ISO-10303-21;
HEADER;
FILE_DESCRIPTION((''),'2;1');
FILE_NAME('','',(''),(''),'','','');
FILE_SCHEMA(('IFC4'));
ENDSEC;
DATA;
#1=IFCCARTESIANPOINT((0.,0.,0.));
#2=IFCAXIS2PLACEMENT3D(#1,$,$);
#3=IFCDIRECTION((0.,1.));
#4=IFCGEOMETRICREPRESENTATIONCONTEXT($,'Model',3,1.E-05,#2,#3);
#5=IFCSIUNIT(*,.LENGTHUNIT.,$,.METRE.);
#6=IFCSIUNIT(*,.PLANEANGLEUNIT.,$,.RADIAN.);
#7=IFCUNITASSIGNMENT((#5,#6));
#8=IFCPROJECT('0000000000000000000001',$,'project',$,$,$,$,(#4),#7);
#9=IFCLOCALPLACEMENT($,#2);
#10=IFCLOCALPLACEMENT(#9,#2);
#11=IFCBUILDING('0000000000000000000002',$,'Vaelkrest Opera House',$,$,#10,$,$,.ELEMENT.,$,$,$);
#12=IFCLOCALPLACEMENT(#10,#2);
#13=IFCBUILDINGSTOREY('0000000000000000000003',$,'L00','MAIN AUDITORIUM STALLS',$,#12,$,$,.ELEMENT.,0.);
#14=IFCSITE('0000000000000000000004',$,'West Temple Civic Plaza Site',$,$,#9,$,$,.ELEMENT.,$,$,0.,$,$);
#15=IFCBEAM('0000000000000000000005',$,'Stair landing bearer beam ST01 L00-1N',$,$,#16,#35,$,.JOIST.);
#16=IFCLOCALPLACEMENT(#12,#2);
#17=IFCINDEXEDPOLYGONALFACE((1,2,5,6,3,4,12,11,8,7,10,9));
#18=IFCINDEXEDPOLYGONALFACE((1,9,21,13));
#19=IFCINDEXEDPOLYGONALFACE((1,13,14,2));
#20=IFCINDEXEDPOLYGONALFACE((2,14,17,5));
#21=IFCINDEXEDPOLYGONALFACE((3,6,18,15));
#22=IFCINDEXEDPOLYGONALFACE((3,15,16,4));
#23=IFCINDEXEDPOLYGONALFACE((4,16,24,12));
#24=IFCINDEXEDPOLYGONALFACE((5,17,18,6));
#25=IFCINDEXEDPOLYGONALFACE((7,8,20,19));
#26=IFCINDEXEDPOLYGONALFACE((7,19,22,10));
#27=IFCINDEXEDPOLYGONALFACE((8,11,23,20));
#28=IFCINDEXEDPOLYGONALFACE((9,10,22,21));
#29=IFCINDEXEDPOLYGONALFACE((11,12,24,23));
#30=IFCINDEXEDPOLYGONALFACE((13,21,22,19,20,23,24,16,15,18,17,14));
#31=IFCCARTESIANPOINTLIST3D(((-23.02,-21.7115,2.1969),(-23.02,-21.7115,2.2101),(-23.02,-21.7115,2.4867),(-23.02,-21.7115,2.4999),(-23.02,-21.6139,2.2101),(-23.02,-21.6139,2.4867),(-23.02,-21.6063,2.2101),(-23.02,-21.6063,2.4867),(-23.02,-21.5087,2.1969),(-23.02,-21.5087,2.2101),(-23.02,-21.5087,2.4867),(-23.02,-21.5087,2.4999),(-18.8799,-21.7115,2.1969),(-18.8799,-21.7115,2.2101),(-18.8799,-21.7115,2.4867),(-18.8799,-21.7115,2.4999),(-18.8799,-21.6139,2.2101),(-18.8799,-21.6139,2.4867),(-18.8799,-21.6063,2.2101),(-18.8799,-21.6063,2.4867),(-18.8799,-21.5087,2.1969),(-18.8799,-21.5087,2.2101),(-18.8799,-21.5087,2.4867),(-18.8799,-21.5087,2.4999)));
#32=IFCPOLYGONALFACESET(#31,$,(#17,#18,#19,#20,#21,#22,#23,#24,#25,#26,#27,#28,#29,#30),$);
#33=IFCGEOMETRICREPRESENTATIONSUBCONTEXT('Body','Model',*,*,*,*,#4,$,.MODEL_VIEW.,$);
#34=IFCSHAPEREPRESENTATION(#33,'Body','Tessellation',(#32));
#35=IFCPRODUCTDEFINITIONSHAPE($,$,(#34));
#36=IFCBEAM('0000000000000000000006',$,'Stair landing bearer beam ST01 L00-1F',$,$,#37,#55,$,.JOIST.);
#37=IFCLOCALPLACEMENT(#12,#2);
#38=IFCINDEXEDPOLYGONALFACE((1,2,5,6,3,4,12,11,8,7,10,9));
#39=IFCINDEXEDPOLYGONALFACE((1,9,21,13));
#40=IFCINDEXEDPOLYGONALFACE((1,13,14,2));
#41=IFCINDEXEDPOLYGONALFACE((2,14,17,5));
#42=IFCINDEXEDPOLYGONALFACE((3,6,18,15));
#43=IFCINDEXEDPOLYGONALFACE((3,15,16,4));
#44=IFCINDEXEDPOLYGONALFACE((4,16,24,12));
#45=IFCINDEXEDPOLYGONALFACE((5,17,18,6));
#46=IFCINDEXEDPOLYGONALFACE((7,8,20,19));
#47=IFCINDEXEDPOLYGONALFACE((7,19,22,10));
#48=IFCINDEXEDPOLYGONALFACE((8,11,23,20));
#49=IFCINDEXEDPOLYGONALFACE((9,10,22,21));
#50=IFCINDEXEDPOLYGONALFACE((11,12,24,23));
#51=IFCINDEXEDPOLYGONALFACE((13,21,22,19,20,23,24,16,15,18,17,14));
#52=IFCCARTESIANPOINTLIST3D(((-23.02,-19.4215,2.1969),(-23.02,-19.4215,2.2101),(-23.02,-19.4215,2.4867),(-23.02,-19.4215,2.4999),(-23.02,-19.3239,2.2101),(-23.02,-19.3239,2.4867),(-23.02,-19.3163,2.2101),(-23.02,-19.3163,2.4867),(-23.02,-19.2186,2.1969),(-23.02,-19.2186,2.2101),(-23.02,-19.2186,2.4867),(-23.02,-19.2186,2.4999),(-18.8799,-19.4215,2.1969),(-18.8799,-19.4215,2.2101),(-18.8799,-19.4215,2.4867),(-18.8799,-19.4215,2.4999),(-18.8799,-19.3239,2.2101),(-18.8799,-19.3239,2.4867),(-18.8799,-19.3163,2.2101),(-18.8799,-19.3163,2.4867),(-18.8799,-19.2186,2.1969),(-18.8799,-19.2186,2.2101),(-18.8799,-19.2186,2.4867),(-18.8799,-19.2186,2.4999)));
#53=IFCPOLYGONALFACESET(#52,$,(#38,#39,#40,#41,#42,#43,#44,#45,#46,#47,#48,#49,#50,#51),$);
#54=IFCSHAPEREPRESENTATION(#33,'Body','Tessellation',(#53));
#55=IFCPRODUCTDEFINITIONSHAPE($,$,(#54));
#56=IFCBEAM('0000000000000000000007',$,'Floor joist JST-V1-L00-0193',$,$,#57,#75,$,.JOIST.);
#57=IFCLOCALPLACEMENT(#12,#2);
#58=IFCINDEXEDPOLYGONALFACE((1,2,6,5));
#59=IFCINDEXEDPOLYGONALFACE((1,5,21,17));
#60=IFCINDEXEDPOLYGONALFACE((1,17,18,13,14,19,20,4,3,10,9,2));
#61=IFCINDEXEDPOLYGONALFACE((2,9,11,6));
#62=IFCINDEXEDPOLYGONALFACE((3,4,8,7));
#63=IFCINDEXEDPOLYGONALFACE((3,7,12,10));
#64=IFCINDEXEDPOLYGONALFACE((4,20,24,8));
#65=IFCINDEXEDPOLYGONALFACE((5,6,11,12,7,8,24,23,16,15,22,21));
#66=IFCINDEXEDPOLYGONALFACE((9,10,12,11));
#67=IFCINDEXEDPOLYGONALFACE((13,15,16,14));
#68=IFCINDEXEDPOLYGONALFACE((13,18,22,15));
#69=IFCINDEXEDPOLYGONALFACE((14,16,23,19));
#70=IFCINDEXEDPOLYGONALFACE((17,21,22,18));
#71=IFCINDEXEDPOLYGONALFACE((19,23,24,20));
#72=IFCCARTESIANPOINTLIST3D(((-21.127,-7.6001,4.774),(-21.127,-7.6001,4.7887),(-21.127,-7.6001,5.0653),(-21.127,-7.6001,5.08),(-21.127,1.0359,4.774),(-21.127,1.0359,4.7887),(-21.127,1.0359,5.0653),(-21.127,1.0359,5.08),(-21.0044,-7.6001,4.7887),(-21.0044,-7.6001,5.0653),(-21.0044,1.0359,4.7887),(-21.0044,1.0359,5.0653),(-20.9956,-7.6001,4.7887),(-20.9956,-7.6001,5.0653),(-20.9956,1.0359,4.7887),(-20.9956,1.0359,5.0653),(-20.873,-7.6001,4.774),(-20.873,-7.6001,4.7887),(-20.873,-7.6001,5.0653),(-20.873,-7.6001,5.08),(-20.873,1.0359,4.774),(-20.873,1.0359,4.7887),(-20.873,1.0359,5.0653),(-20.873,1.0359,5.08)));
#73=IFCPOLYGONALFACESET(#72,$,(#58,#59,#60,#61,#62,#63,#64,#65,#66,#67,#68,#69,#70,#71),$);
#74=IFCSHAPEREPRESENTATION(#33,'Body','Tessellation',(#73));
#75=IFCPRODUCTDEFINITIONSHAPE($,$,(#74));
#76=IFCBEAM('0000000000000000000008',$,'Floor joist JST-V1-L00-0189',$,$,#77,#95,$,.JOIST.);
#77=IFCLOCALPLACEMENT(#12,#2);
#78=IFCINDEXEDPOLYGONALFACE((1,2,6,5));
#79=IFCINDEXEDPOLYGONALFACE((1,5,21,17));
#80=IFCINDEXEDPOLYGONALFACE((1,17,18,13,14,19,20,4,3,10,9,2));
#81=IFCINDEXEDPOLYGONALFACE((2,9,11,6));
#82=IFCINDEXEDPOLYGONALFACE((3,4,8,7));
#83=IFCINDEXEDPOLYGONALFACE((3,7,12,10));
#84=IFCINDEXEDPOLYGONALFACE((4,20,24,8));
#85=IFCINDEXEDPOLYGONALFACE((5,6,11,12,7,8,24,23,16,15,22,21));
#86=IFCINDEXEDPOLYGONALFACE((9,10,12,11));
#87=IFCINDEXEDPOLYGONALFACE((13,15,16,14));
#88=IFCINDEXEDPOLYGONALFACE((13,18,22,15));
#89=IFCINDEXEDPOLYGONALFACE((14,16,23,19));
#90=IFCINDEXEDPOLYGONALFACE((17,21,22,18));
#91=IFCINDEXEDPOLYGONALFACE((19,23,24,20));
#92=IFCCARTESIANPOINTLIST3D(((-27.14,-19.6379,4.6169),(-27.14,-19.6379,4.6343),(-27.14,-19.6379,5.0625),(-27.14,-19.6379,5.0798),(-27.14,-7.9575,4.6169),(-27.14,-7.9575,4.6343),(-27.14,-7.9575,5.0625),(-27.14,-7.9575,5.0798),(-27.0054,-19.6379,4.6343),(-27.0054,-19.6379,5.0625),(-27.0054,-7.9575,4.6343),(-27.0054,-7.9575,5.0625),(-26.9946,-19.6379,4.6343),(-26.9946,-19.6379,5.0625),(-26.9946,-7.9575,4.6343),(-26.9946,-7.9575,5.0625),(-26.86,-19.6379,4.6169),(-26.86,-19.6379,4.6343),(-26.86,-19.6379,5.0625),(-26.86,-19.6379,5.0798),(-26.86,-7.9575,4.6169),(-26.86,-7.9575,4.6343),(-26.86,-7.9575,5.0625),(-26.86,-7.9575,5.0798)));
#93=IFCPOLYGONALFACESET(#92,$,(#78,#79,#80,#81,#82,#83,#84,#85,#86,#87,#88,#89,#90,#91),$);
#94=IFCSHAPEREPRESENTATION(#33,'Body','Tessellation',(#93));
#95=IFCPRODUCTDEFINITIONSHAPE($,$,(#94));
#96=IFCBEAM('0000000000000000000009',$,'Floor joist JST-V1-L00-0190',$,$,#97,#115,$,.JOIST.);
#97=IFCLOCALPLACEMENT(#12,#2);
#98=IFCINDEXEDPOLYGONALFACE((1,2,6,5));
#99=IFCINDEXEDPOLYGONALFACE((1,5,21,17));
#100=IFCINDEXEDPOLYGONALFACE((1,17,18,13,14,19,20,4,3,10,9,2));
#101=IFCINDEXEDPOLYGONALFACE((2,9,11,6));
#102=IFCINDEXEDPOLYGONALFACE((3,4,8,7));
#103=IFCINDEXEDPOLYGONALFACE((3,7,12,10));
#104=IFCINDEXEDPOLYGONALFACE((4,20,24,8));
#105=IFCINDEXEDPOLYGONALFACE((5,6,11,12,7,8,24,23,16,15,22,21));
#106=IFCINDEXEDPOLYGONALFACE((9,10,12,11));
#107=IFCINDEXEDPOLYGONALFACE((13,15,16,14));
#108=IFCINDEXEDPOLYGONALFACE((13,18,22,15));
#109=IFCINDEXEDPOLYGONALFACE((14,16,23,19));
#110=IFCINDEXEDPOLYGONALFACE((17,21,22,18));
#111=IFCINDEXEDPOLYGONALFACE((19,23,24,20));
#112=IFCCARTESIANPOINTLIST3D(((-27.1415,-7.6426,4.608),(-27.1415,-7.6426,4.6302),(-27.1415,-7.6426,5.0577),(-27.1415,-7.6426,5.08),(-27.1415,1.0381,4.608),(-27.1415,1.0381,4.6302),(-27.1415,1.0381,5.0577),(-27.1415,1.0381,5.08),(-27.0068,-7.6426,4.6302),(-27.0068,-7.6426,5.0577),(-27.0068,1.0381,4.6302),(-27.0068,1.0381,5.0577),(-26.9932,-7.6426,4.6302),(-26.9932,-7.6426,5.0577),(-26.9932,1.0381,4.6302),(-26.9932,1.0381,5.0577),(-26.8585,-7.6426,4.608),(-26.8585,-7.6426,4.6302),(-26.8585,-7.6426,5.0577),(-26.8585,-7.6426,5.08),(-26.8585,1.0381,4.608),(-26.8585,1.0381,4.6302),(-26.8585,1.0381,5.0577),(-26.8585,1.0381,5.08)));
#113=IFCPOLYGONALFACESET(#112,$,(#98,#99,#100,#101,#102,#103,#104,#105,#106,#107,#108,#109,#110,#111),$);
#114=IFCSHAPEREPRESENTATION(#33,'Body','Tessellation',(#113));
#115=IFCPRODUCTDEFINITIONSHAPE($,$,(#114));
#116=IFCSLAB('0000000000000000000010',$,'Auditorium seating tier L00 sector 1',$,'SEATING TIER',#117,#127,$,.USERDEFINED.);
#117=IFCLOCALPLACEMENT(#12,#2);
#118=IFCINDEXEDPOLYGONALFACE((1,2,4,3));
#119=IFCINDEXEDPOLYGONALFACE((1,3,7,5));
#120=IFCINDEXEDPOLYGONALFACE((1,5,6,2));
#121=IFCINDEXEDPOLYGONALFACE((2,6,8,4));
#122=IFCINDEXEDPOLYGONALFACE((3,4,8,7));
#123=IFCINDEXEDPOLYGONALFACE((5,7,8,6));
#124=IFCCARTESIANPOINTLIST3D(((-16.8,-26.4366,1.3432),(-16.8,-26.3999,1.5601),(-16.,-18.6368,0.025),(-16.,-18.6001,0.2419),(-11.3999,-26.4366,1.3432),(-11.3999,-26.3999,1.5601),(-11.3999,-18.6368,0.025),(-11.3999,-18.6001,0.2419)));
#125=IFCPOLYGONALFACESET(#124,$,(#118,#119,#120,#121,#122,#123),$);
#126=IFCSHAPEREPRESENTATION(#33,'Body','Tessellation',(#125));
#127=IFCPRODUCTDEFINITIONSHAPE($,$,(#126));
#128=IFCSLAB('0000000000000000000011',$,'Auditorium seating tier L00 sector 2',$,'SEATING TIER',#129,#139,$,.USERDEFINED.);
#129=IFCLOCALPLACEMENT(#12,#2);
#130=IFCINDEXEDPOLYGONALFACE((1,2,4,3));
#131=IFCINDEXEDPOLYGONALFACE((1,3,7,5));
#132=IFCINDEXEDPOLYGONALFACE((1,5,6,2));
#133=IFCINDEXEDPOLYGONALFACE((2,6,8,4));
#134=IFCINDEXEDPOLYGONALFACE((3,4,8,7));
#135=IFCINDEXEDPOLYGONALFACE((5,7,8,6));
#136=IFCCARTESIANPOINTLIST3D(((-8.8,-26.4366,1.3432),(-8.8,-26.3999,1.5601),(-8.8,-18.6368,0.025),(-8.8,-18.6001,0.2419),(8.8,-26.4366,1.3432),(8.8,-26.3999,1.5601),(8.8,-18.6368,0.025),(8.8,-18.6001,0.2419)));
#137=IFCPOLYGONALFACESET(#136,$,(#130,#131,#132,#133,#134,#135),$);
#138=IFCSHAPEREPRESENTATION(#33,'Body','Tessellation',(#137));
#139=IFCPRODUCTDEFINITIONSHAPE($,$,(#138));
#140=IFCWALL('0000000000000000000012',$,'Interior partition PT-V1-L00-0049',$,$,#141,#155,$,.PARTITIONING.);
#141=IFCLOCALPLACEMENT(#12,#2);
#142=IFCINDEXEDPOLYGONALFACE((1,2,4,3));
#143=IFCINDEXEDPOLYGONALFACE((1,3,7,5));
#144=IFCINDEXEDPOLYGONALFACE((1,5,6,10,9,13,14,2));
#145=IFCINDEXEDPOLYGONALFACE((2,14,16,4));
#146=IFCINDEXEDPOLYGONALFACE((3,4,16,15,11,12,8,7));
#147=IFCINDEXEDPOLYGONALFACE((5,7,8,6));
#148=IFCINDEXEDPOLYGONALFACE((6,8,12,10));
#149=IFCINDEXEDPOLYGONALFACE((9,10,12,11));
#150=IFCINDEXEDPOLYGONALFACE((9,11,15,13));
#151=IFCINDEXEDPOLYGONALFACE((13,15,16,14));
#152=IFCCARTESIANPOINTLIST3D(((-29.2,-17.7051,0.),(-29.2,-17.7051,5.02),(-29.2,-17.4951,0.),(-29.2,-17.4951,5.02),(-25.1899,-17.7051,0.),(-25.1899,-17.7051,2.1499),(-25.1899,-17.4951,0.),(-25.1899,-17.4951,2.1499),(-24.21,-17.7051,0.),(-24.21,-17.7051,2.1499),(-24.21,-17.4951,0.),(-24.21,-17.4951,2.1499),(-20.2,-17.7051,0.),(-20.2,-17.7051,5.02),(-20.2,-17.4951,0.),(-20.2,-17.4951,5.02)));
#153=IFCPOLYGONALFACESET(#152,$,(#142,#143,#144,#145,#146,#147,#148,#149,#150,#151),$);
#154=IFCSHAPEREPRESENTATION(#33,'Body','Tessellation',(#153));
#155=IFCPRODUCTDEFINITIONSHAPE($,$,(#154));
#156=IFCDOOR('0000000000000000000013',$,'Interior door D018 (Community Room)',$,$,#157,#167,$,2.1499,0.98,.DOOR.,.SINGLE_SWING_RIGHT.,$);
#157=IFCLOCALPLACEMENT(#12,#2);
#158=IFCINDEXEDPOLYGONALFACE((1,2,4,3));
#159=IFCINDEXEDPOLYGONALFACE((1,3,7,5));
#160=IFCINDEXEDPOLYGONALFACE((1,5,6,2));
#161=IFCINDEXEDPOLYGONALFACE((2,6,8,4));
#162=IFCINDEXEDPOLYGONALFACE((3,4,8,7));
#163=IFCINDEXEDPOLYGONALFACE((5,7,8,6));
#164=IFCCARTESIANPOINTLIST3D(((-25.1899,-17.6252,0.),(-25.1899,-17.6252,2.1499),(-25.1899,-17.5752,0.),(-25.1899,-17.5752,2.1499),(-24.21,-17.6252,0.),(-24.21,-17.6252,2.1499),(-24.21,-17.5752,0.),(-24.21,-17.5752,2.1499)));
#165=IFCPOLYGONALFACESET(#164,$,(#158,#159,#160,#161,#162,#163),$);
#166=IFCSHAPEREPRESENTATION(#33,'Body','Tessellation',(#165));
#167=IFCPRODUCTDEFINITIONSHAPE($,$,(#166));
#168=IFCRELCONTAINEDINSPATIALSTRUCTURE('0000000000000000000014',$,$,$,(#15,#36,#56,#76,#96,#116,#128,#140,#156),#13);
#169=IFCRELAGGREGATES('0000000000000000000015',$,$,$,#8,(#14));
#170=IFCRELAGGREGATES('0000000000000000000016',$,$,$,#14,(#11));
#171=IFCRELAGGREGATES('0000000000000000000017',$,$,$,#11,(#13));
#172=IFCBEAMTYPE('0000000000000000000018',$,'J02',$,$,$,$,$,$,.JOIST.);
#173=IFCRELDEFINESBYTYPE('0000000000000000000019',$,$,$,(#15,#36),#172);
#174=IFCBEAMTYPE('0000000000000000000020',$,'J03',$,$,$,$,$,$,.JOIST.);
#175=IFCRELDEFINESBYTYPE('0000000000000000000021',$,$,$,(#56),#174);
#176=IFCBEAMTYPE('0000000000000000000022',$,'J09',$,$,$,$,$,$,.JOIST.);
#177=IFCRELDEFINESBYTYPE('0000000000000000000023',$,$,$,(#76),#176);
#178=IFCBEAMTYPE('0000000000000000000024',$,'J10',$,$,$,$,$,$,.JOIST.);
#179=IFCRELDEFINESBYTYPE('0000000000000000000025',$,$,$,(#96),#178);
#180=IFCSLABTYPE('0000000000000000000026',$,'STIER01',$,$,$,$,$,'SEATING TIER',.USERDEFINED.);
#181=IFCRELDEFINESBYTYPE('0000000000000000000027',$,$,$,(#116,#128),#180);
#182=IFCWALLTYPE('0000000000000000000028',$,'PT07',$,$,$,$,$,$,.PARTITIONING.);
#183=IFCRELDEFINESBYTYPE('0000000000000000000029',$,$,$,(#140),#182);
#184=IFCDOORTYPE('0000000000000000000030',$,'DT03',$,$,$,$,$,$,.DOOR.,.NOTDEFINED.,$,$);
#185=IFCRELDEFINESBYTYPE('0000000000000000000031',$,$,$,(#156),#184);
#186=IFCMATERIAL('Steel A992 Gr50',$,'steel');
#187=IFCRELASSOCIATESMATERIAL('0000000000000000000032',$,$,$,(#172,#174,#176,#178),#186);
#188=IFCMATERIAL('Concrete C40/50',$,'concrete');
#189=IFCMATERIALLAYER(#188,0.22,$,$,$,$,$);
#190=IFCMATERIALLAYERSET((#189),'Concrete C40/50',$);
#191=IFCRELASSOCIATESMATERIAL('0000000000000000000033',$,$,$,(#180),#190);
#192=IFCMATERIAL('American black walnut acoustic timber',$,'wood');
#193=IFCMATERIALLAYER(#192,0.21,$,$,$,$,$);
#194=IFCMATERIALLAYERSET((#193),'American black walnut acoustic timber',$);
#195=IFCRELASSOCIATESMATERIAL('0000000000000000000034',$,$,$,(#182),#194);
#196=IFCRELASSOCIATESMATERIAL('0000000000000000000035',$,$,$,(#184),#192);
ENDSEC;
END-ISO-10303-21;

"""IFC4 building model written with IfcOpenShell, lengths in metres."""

from ifc_helpers import new_model, si_unit, direction, frame, frame_2d, origin, origin_2d, place, context, subcontext, project, spatial, polyline, rectangle, i_section, outline, extrude, material, layer, layer_set, material_profile, profile_set, type_object, element, fill, save


model = new_model("IFC4")

# Units and contexts
model_context = context("Model", 3, precision=1e-05, world=origin(), true_north=direction((0.0, 1.0)))
body_context = subcontext(model_context, "Body", "Model", "MODEL_VIEW")
ifc_project = project(units=[si_unit("LENGTHUNIT", "METRE"), si_unit("PLANEANGLEUNIT", "RADIAN")], contexts=[model_context])

# Site, building, storey
site_placement = place(None, origin())
site = spatial("IfcSite", under=ifc_project, at=site_placement, Name="West Temple Civic Plaza Site", CompositionType="ELEMENT", RefElevation=0.0)
building_placement = place(site_placement, origin())
building = spatial("IfcBuilding", under=site, at=building_placement, Name="Vaelkrest Opera House", CompositionType="ELEMENT")
storey_placement = place(building_placement, origin())
storey = spatial("IfcBuildingStorey", under=building, at=storey_placement, Name="L00", Description="MAIN AUDITORIUM STALLS", CompositionType="ELEMENT", Elevation=0.0)

# Beams
ifc_material_1 = material(Name="Steel A992 Gr50", Category="steel")
ifc_material_profile_1 = material_profile(ifc_material_1, i_section(OverallWidth=0.2029, OverallDepth=0.303, WebThickness=0.0076, FlangeThickness=0.0132, at=origin_2d()), Name="W12X40")
ifc_profile_set_1 = profile_set([ifc_material_profile_1], Name="Steel A992 Gr50")
beam_type_1 = type_object("IfcBeamType", Name="J02", PredefinedType="JOIST", material=ifc_profile_set_1)
for number, where, z_axis, x_axis, name in (
    (1, (-23.02, -21.6101, 2.3484), (1.0, 0.0, 0.0), (0.0, 1.0, 0.0), "Stair landing bearer beam ST01 L00-1N"),
    (2, (-23.02, -19.3201, 2.3484), (1.0, 0.0, 0.0), (0.0, 1.0, 0.0), "Stair landing bearer beam ST01 L00-1F"),
):
    element("IfcBeam", number, at=place(storey_placement, frame(where, z_axis=z_axis, x_axis=x_axis)), inside=storey, type_object=beam_type_1, Name=name, PredefinedType="JOIST", context=body_context, shape_type="SweptSolid", body=[
        extrude(i_section(OverallWidth=0.2029, OverallDepth=0.303, WebThickness=0.0076, FlangeThickness=0.0132, at=origin_2d()), origin(), (0.0, 0.0, 1.0), 4.1401),
    ])
ifc_material_profile_2 = material_profile(ifc_material_1, i_section(OverallWidth=0.2539, OverallDepth=0.3059, WebThickness=0.0088, FlangeThickness=0.0146, at=origin_2d()), Name="W12X53")
ifc_profile_set_2 = profile_set([ifc_material_profile_2], Name="Steel A992 Gr50")
beam_type_2 = type_object("IfcBeamType", Name="J03", PredefinedType="JOIST", material=ifc_profile_set_2)
beam_1_placement = place(storey_placement, frame((-21.0, -7.6001, 4.927), z_axis=(0.0, 1.0, 0.0), x_axis=(-1.0, 0.0, 0.0)))
element("IfcBeam", 3, at=beam_1_placement, inside=storey, type_object=beam_type_2, Name="Floor joist JST-V1-L00-0193", PredefinedType="JOIST", context=body_context, shape_type="SweptSolid", body=[
    extrude(i_section(OverallWidth=0.2539, OverallDepth=0.3059, WebThickness=0.0088, FlangeThickness=0.0146, at=origin_2d()), origin(), (0.0, 0.0, 1.0), 8.636),
])
ifc_material_profile_3 = material_profile(ifc_material_1, i_section(OverallWidth=0.28, OverallDepth=0.4629, WebThickness=0.0107, FlangeThickness=0.0173, at=origin_2d()), Name="W18X76")
ifc_profile_set_3 = profile_set([ifc_material_profile_3], Name="Steel A992 Gr50")
beam_type_3 = type_object("IfcBeamType", Name="J09", PredefinedType="JOIST", material=ifc_profile_set_3)
beam_2_placement = place(storey_placement, frame((-27.0, -19.6379, 4.8484), z_axis=(0.0, 1.0, 0.0), x_axis=(-1.0, 0.0, 0.0)))
element("IfcBeam", 4, at=beam_2_placement, inside=storey, type_object=beam_type_3, Name="Floor joist JST-V1-L00-0189", PredefinedType="JOIST", context=body_context, shape_type="SweptSolid", body=[
    extrude(i_section(OverallWidth=0.28, OverallDepth=0.4629, WebThickness=0.0107, FlangeThickness=0.0173, at=origin_2d()), origin(), (0.0, 0.0, 1.0), 11.6804),
])
ifc_material_profile_4 = material_profile(ifc_material_1, i_section(OverallWidth=0.283, OverallDepth=0.4719, WebThickness=0.0137, FlangeThickness=0.0222, at=origin_2d()), Name="W18X97")
ifc_profile_set_4 = profile_set([ifc_material_profile_4], Name="Steel A992 Gr50")
beam_type_4 = type_object("IfcBeamType", Name="J10", PredefinedType="JOIST", material=ifc_profile_set_4)
beam_3_placement = place(storey_placement, frame((-27.0, -7.6426, 4.844), z_axis=(0.0, 1.0, 0.0), x_axis=(-1.0, 0.0, 0.0)))
element("IfcBeam", 5, at=beam_3_placement, inside=storey, type_object=beam_type_4, Name="Floor joist JST-V1-L00-0190", PredefinedType="JOIST", context=body_context, shape_type="SweptSolid", body=[
    extrude(i_section(OverallWidth=0.283, OverallDepth=0.4719, WebThickness=0.0137, FlangeThickness=0.0222, at=origin_2d()), origin(), (0.0, 0.0, 1.0), 8.6807),
])

# Slabs
ifc_material_2 = material(Name="Concrete C40/50", Category="concrete")
ifc_layer_1 = layer(ifc_material_2, 0.22)
ifc_layer_set_1 = layer_set([ifc_layer_1], Name="Concrete C40/50")
slab_type = type_object("IfcSlabType", Name="STIER01", ElementType="SEATING TIER", PredefinedType="USERDEFINED", material=ifc_layer_set_1)
slab_1_placement = place(storey_placement, frame((-16.0, -18.6001, 0.2419), z_axis=(0.0, 0.166631, 0.986019), x_axis=(1.0, 0.0, 0.0)))
element("IfcSlab", 6, at=slab_1_placement, inside=storey, type_object=slab_type, Name="Auditorium seating tier L00 sector 1", ObjectType="SEATING TIER", PredefinedType="USERDEFINED", context=body_context, shape_type="SweptSolid", body=[
    extrude(outline(polyline([(0.0, 0.0), (4.6001, 0.0), (4.6001, -7.9104), (-0.8, -7.9104), (0.0, 0.0)])), origin(), (0.0, 0.0, -1.0), 0.22),
])
slab_2_placement = place(storey_placement, frame((-8.8, -18.6001, 0.2419), z_axis=(0.0, 0.166631, 0.986019), x_axis=(1.0, 0.0, 0.0)))
element("IfcSlab", 7, at=slab_2_placement, inside=storey, type_object=slab_type, Name="Auditorium seating tier L00 sector 2", ObjectType="SEATING TIER", PredefinedType="USERDEFINED", context=body_context, shape_type="SweptSolid", body=[
    extrude(outline(polyline([(0.0, 0.0), (17.6001, 0.0), (17.6001, -7.9104), (0.0, -7.9104), (0.0, 0.0)])), origin(), (0.0, 0.0, -1.0), 0.22),
])

# Wall, opening, door
ifc_material_3 = material(Name="American black walnut acoustic timber", Category="wood")
ifc_layer_2 = layer(ifc_material_3, 0.21)
ifc_layer_set_2 = layer_set([ifc_layer_2], Name="American black walnut acoustic timber")
wall_type_1 = type_object("IfcWallType", Name="PT07", PredefinedType="PARTITIONING", material=ifc_layer_set_2)
wall_1_placement = place(storey_placement, frame((-29.2, -17.6001, 0.0), z_axis=(0.0, 0.0, 1.0), x_axis=(1.0, 0.0, 0.0)))
wall_1 = element("IfcWall", 8, at=wall_1_placement, inside=storey, type_object=wall_type_1, Name="Interior partition PT-V1-L00-0049", PredefinedType="PARTITIONING", context=body_context, shape_type="SweptSolid", body=[
    extrude(rectangle(XDim=9.0, YDim=0.21, at=frame_2d((4.5, 0.0))), origin(), (0.0, 0.0, 1.0), 5.02),
])
opening_1_placement = place(wall_1_placement, frame((4.01, 0.0, 0.0)))
opening_1 = element("IfcOpeningElement", 9, at=opening_1_placement, cuts=wall_1, PredefinedType="OPENING", context=body_context, shape_type="SweptSolid", body=[
    extrude(rectangle(XDim=0.98, YDim=2.1499, at=frame_2d((0.49, 1.075))), frame((0.0, 0.115, 0.0), z_axis=(0.0, -1.0, 0.0), x_axis=(1.0, 0.0, 0.0)), (0.0, 0.0, 1.0), 0.23),
])
door_type_1 = type_object("IfcDoorType", Name="DT03", OperationType="NOTDEFINED", PredefinedType="DOOR", material=ifc_material_3)
door_1_placement = place(opening_1_placement, origin())
door_1 = element("IfcDoor", 10, at=door_1_placement, inside=storey, type_object=door_type_1, Name="Interior door D018 (Community Room)", OperationType="SINGLE_SWING_RIGHT", OverallHeight=2.1499, OverallWidth=0.98, PredefinedType="DOOR", context=body_context, shape_type="SweptSolid", body=[
    extrude(rectangle(XDim=0.98, YDim=2.1499, at=frame_2d((0.49, 1.075))), frame((0.0, 0.0249, 0.0), z_axis=(0.0, -1.0, 0.0), x_axis=(1.0, 0.0, 0.0)), (0.0, 0.0, 1.0), 0.05),
])
fill(opening_1, door_1)

save(model, "model.ifc")
